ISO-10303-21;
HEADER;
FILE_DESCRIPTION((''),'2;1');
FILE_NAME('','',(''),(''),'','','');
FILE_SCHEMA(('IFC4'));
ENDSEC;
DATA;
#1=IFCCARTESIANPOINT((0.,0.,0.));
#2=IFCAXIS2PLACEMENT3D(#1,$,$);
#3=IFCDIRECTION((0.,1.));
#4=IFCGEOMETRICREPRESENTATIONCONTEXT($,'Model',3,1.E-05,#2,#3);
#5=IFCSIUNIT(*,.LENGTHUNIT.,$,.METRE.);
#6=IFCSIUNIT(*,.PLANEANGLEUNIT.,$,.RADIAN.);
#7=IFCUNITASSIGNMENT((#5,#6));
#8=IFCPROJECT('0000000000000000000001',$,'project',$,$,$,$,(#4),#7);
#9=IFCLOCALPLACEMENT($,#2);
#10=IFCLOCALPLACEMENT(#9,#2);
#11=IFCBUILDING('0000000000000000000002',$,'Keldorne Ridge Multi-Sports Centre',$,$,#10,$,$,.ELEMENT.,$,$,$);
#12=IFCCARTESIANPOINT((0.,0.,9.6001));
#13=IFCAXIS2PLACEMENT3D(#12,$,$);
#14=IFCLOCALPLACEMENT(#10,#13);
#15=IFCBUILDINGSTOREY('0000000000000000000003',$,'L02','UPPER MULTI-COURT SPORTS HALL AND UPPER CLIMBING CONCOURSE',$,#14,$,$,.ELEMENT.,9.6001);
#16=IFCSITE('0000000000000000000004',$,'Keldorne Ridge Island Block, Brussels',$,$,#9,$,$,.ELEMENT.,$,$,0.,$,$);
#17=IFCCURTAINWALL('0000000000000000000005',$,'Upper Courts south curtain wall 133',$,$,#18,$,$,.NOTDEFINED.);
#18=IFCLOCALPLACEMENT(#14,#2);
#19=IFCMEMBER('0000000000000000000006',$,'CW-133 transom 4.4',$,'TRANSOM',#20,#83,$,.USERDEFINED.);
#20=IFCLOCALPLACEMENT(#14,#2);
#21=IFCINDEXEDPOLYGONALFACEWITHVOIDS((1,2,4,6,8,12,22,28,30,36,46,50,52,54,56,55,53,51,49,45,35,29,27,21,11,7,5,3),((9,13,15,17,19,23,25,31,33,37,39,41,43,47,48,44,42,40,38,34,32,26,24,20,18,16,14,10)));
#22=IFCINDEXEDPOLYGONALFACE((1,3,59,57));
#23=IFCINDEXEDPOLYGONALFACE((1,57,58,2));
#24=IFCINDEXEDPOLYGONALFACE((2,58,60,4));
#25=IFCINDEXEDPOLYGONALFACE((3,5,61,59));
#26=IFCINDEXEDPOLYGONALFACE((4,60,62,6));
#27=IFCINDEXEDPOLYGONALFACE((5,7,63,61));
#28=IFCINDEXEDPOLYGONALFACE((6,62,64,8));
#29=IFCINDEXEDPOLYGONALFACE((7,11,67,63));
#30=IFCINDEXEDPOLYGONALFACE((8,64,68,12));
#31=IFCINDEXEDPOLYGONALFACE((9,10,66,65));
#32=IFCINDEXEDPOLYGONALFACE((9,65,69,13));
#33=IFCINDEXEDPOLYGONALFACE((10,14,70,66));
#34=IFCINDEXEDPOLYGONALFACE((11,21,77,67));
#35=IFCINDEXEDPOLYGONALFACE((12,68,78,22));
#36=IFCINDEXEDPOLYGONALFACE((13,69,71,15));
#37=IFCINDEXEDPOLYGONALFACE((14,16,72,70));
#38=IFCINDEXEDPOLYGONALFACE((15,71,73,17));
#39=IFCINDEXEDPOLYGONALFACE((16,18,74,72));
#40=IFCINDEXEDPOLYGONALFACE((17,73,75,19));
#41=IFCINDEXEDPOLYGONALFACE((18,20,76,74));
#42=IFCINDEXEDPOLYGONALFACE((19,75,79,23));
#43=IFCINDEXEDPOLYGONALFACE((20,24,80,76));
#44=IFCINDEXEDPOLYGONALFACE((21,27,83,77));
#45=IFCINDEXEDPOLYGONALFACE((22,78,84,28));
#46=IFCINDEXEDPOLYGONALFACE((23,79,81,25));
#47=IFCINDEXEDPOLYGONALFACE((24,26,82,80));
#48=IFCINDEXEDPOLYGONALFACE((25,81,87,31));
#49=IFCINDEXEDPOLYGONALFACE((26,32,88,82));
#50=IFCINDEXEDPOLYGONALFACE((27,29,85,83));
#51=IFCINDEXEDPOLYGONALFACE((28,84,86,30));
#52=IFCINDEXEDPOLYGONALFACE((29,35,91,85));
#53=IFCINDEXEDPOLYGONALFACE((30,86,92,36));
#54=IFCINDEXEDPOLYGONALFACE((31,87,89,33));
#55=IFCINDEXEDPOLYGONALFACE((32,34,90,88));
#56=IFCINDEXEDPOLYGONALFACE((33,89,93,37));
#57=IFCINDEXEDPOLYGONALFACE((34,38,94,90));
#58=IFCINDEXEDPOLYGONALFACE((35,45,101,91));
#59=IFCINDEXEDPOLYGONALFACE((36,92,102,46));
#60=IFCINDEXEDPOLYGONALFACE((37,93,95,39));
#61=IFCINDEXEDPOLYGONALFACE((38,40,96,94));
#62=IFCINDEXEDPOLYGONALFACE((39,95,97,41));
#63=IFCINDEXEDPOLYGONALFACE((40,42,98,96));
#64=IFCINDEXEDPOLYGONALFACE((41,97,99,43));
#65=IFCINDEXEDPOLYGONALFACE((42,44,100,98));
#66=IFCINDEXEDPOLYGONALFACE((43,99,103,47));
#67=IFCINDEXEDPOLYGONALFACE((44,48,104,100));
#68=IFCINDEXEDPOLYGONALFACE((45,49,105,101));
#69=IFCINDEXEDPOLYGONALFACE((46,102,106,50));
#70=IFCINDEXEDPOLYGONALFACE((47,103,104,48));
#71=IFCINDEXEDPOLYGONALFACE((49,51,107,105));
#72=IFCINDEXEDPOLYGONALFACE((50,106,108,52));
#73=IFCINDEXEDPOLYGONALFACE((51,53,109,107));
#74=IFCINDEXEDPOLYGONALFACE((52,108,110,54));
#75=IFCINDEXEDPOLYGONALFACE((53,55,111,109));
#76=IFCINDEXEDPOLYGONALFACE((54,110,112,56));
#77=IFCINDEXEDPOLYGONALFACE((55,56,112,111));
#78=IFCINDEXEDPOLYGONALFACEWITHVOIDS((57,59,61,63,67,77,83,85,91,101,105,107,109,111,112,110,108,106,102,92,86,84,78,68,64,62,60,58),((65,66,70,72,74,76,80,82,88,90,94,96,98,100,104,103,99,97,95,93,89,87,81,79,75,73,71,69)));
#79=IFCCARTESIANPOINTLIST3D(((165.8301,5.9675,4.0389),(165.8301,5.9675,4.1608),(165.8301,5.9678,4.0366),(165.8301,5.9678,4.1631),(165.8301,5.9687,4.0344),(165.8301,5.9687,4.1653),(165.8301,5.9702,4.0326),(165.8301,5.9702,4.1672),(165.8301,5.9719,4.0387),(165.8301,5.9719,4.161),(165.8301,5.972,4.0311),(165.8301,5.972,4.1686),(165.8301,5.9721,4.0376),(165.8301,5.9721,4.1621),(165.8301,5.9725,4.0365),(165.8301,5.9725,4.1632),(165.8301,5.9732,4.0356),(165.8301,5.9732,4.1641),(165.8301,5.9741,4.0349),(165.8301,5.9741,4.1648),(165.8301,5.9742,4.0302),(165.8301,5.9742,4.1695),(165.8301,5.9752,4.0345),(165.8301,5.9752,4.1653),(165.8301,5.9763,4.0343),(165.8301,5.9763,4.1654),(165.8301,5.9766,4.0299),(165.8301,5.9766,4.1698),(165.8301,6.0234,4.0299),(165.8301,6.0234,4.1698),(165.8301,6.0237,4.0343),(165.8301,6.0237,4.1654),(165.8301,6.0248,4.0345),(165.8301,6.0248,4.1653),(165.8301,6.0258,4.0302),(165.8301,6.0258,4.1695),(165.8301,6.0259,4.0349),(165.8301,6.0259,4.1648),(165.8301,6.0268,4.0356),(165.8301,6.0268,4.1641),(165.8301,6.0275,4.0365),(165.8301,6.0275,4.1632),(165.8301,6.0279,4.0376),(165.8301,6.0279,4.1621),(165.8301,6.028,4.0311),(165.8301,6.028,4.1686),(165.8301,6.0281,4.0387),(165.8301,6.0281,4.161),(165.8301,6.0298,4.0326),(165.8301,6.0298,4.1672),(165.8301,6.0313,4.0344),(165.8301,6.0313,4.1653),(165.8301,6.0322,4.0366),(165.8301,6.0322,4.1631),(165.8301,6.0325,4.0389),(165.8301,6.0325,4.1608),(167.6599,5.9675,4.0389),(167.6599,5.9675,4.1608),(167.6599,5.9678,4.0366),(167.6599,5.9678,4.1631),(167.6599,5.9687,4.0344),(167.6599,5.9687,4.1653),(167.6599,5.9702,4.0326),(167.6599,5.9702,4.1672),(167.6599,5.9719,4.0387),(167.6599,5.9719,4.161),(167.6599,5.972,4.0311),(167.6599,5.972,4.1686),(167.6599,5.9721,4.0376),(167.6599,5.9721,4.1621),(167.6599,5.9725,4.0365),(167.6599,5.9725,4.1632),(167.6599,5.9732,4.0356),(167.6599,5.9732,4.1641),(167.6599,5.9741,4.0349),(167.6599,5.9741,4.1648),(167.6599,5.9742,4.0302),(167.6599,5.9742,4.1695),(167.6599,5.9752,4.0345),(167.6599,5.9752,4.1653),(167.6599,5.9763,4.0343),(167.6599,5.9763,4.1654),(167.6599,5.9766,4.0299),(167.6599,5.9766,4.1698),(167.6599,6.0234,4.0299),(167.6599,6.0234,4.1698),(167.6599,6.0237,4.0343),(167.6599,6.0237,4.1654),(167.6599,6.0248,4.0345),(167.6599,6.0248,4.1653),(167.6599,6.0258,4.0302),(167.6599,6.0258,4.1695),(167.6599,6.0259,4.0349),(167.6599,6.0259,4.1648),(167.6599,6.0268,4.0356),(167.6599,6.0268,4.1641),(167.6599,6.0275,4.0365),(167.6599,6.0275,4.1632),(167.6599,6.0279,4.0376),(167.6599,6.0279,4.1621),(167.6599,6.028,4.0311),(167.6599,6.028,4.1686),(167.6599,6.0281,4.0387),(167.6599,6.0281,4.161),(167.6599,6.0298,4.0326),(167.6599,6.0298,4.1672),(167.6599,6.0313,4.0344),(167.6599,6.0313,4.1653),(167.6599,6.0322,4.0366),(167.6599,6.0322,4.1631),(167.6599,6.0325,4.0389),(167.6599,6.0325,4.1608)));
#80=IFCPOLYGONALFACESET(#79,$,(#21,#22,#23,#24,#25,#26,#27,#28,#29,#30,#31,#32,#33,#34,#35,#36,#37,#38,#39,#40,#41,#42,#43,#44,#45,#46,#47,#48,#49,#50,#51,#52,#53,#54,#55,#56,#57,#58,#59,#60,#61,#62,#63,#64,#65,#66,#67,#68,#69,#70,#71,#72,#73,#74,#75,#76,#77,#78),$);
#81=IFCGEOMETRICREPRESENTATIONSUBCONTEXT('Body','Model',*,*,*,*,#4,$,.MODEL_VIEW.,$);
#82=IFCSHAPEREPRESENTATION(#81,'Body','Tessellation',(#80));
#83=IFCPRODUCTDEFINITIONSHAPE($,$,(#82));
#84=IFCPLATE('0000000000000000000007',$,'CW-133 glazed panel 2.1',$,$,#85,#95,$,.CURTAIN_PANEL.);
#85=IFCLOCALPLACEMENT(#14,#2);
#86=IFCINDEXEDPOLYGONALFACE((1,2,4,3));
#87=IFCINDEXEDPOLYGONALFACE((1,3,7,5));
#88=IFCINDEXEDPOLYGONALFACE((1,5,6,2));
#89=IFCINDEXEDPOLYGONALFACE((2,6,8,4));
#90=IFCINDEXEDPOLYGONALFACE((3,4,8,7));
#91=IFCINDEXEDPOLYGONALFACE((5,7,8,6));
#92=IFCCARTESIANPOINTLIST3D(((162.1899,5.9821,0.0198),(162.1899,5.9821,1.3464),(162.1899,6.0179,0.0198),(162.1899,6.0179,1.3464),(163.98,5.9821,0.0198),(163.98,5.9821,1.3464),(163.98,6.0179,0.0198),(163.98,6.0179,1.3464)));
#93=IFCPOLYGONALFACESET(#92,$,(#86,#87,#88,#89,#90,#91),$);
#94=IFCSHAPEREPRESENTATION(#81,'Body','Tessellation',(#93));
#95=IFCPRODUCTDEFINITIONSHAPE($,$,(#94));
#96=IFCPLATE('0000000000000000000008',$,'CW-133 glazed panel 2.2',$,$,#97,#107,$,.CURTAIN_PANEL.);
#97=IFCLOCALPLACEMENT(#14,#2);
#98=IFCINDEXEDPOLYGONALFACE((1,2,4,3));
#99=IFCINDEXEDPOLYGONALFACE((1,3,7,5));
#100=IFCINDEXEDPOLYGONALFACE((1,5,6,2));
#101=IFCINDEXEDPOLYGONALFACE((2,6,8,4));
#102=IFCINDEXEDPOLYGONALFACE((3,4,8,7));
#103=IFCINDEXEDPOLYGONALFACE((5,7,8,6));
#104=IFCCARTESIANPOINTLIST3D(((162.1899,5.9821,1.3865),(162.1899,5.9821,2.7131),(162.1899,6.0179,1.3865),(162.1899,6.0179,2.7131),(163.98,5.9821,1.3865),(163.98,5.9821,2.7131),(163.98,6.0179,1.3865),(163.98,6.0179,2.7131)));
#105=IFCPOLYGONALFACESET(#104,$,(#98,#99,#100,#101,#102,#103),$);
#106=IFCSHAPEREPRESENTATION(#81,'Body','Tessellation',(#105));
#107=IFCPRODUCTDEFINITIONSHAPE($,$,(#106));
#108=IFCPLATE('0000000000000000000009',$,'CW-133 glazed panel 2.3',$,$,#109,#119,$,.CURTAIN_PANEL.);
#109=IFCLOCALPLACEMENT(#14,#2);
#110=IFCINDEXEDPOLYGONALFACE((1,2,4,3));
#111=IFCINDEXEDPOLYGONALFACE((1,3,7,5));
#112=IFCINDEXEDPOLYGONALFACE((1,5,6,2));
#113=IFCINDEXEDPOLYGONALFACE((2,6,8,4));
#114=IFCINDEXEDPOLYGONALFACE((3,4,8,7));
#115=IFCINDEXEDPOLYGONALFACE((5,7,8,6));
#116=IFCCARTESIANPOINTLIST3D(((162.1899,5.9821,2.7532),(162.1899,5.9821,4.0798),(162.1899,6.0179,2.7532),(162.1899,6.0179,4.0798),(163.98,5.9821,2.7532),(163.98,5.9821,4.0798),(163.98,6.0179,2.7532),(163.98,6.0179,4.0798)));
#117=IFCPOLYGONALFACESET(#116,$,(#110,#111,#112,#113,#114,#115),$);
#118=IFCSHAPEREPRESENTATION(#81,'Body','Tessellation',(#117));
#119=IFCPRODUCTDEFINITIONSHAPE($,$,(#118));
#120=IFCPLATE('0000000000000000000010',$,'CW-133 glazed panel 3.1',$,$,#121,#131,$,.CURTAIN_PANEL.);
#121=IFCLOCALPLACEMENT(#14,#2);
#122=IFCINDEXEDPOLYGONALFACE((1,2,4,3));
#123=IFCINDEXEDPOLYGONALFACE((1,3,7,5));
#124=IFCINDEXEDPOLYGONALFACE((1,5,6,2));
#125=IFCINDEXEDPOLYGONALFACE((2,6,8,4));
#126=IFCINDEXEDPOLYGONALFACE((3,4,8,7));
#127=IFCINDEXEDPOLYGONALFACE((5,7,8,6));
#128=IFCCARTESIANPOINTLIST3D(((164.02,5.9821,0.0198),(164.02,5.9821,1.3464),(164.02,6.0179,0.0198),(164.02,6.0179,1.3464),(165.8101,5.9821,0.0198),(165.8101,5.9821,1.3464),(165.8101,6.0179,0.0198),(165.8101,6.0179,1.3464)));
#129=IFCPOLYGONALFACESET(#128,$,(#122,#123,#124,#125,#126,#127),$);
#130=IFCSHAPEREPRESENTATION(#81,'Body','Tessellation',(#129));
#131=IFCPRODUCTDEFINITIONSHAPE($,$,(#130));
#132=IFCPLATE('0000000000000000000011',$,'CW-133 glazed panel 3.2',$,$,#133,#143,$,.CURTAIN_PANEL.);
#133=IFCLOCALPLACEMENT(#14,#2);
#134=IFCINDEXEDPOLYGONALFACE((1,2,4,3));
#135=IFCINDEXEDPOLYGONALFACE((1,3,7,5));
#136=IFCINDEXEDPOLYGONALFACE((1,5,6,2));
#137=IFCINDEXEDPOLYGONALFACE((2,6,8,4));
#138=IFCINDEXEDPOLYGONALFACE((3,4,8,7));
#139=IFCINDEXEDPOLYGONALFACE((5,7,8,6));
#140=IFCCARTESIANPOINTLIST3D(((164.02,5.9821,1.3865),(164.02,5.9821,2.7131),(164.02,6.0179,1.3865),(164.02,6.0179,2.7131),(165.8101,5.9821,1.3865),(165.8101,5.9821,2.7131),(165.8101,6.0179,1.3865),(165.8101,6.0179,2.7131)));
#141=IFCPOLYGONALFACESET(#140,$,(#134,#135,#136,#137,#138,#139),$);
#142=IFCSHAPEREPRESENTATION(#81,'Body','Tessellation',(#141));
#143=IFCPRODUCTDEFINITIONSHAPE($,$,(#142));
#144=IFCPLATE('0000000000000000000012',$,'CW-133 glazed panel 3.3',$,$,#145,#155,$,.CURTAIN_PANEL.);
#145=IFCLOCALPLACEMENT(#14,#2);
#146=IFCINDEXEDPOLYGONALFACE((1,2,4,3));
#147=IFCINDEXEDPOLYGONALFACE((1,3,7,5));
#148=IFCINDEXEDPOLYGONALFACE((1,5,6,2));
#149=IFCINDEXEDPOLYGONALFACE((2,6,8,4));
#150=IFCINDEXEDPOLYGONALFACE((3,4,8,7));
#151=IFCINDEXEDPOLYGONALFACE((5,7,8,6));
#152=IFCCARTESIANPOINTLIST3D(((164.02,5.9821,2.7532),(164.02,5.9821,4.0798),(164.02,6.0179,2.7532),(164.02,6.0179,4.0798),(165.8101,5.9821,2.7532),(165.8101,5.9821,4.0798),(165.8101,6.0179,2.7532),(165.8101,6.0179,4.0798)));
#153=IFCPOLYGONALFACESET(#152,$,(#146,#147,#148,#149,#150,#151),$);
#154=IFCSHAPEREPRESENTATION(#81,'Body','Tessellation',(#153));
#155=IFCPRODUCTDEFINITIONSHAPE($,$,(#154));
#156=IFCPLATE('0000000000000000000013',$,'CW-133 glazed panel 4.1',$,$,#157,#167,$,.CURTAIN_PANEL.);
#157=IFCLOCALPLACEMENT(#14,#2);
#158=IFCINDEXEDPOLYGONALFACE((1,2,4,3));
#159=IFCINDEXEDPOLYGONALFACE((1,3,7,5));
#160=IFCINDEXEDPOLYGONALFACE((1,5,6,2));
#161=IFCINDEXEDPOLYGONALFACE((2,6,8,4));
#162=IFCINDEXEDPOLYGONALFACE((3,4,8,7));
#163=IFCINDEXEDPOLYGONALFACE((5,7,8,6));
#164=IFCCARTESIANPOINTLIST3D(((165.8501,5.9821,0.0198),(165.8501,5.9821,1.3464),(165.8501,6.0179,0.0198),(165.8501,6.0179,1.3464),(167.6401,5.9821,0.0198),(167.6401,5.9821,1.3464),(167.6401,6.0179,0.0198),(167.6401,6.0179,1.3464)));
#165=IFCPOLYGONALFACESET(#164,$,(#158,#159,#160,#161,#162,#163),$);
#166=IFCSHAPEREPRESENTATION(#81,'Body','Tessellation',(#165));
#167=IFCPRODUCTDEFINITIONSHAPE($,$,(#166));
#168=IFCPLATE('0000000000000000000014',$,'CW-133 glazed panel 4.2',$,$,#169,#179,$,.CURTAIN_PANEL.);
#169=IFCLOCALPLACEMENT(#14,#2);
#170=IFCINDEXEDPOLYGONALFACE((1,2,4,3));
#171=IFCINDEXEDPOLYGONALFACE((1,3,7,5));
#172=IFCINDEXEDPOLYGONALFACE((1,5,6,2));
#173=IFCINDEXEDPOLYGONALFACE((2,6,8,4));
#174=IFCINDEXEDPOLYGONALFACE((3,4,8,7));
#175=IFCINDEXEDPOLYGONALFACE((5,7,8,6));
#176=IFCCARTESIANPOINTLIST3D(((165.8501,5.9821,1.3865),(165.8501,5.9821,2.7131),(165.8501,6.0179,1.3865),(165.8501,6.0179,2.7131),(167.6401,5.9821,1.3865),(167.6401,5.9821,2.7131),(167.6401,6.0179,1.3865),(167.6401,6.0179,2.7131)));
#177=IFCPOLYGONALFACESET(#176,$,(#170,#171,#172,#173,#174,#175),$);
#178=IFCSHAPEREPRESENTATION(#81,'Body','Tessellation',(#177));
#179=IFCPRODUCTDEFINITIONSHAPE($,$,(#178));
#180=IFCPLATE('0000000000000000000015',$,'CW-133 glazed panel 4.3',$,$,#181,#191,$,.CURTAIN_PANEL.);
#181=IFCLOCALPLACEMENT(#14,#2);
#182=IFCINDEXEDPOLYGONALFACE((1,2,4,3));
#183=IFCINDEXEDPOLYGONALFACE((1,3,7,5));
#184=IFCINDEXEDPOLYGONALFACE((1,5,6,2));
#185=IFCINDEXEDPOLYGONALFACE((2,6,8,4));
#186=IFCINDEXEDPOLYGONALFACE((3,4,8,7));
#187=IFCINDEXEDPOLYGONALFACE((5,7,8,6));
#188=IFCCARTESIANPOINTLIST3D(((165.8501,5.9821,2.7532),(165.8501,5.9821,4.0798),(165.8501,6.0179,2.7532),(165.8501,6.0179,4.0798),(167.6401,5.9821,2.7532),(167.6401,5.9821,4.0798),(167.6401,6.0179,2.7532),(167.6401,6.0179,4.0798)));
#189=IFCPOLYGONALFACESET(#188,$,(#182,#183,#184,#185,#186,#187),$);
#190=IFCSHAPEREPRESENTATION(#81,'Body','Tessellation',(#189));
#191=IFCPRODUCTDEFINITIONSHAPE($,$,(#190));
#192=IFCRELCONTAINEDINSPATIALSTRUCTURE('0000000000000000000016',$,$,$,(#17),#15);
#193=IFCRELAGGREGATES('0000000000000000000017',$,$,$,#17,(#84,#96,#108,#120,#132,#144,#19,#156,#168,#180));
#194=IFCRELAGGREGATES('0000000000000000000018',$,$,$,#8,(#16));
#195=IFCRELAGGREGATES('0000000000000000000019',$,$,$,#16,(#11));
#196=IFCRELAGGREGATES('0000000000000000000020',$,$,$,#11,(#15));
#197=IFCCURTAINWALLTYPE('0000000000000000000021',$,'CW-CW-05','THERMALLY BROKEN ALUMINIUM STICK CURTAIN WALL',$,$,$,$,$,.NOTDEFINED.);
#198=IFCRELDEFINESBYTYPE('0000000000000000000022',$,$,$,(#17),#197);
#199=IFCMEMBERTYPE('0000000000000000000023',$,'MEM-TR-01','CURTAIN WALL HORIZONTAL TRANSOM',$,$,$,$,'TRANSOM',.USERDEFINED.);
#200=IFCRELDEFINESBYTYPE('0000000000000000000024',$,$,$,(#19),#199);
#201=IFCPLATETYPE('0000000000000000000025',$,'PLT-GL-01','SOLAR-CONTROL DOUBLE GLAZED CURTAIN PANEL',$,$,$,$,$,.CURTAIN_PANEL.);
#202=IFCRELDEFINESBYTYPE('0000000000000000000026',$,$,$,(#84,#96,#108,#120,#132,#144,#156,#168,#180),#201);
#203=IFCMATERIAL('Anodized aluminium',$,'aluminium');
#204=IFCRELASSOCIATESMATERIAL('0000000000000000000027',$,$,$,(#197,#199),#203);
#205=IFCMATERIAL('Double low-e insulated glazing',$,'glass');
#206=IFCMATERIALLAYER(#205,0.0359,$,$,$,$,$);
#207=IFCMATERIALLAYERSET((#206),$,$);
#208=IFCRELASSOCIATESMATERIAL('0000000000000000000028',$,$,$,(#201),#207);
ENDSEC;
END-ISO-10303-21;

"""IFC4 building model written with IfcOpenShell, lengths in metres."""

from ifc_helpers import new_model, si_unit, direction, frame, origin, origin_2d, place, context, subcontext, project, spatial, rectangle, hollow_rectangle, extrude, material, layer, layer_set, material_profile, profile_set, type_object, element, aggregate, save


model = new_model("IFC4")

# Units and contexts
model_context = context("Model", 3, precision=1e-05, world=origin(), true_north=direction((0.0, 1.0)))
body_context = subcontext(model_context, "Body", "Model", "MODEL_VIEW")
ifc_project = project(units=[si_unit("LENGTHUNIT", "METRE"), si_unit("PLANEANGLEUNIT", "RADIAN")], contexts=[model_context])

# Site, building, storey
site_placement = place(None, origin())
site = spatial("IfcSite", under=ifc_project, at=site_placement, Name="Keldorne Ridge Island Block, Brussels", CompositionType="ELEMENT", RefElevation=0.0)
building_placement = place(site_placement, origin())
building = spatial("IfcBuilding", under=site, at=building_placement, Name="Keldorne Ridge Multi-Sports Centre", CompositionType="ELEMENT")
storey_placement = place(building_placement, frame((0.0, 0.0, 9.6001)))
storey = spatial("IfcBuildingStorey", under=building, at=storey_placement, Name="L02", Description="UPPER MULTI-COURT SPORTS HALL AND UPPER CLIMBING CONCOURSE", CompositionType="ELEMENT", Elevation=9.6001)

# Curtain wall, member, plates
ifc_material_1 = material(Name="Anodized aluminium", Category="aluminium")
curtain_wall_type = type_object("IfcCurtainWallType", Name="CW-CW-05", Description="THERMALLY BROKEN ALUMINIUM STICK CURTAIN WALL", PredefinedType="NOTDEFINED", material=ifc_material_1)
curtain_wall_placement = place(storey_placement, origin())
curtain_wall = element("IfcCurtainWall", 1, at=curtain_wall_placement, inside=storey, type_object=curtain_wall_type, Name="Upper Courts south curtain wall 133", PredefinedType="NOTDEFINED")
ifc_material_profile_1 = material_profile(ifc_material_1, hollow_rectangle(XDim=0.0649, YDim=0.1399, WallThickness=0.0044, InnerFilletRadius=0.0044, OuterFilletRadius=0.009, at=origin_2d()), Name="ALU TRANSOM 140x65x4.5")
ifc_profile_set_1 = profile_set([ifc_material_profile_1], Name="Anodized aluminium")
member_type_1 = type_object("IfcMemberType", Name="MEM-TR-01", Description="CURTAIN WALL HORIZONTAL TRANSOM", ElementType="TRANSOM", PredefinedType="USERDEFINED", material=ifc_profile_set_1)
member_1_placement = place(storey_placement, frame((165.8301, 6.0, 4.0999), z_axis=(1.0, 0.0, 0.0), x_axis=(0.0, 1.0, 0.0)))
member_1 = element("IfcMember", 2, at=member_1_placement, type_object=member_type_1, Name="CW-133 transom 4.4", ObjectType="TRANSOM", PredefinedType="USERDEFINED", context=body_context, shape_type="SweptSolid", body=[
    extrude(hollow_rectangle(XDim=0.0649, YDim=0.1399, WallThickness=0.0044, InnerFilletRadius=0.0044, OuterFilletRadius=0.009, at=origin_2d()), origin(), (0.0, 0.0, 1.0), 1.8298),
])
ifc_material_2 = material(Name="Double low-e insulated glazing", Category="glass")
ifc_layer = layer(ifc_material_2, 0.0359)
ifc_layer_set = layer_set([ifc_layer])
plate_type = type_object("IfcPlateType", Name="PLT-GL-01", Description="SOLAR-CONTROL DOUBLE GLAZED CURTAIN PANEL", PredefinedType="CURTAIN_PANEL", material=ifc_layer_set)
plate_1_placement = place(storey_placement, frame((163.085, 6.0, 0.0198), z_axis=(0.0, 0.0, 1.0), x_axis=(1.0, 0.0, 0.0)))
plate_1 = element("IfcPlate", 3, at=plate_1_placement, type_object=plate_type, Name="CW-133 glazed panel 2.1", PredefinedType="CURTAIN_PANEL", context=body_context, shape_type="SweptSolid", body=[
    extrude(rectangle(XDim=1.79, YDim=0.0359, at=origin_2d()), origin(), (0.0, 0.0, 1.0), 1.3267),
])
plate_2_placement = place(storey_placement, frame((163.085, 6.0, 1.3865), z_axis=(0.0, 0.0, 1.0), x_axis=(1.0, 0.0, 0.0)))
plate_2 = element("IfcPlate", 4, at=plate_2_placement, type_object=plate_type, Name="CW-133 glazed panel 2.2", PredefinedType="CURTAIN_PANEL", context=body_context, shape_type="SweptSolid", body=[
    extrude(rectangle(XDim=1.79, YDim=0.0359, at=origin_2d()), origin(), (0.0, 0.0, 1.0), 1.3267),
])
plate_3_placement = place(storey_placement, frame((163.085, 6.0, 2.7532), z_axis=(0.0, 0.0, 1.0), x_axis=(1.0, 0.0, 0.0)))
plate_3 = element("IfcPlate", 5, at=plate_3_placement, type_object=plate_type, Name="CW-133 glazed panel 2.3", PredefinedType="CURTAIN_PANEL", context=body_context, shape_type="SweptSolid", body=[
    extrude(rectangle(XDim=1.79, YDim=0.0359, at=origin_2d()), origin(), (0.0, 0.0, 1.0), 1.3267),
])
plate_4_placement = place(storey_placement, frame((164.915, 6.0, 0.0198), z_axis=(0.0, 0.0, 1.0), x_axis=(1.0, 0.0, 0.0)))
plate_4 = element("IfcPlate", 6, at=plate_4_placement, type_object=plate_type, Name="CW-133 glazed panel 3.1", PredefinedType="CURTAIN_PANEL", context=body_context, shape_type="SweptSolid", body=[
    extrude(rectangle(XDim=1.79, YDim=0.0359, at=origin_2d()), origin(), (0.0, 0.0, 1.0), 1.3267),
])
plate_5_placement = place(storey_placement, frame((164.915, 6.0, 1.3865), z_axis=(0.0, 0.0, 1.0), x_axis=(1.0, 0.0, 0.0)))
plate_5 = element("IfcPlate", 7, at=plate_5_placement, type_object=plate_type, Name="CW-133 glazed panel 3.2", PredefinedType="CURTAIN_PANEL", context=body_context, shape_type="SweptSolid", body=[
    extrude(rectangle(XDim=1.79, YDim=0.0359, at=origin_2d()), origin(), (0.0, 0.0, 1.0), 1.3267),
])
plate_6_placement = place(storey_placement, frame((164.915, 6.0, 2.7532), z_axis=(0.0, 0.0, 1.0), x_axis=(1.0, 0.0, 0.0)))
plate_6 = element("IfcPlate", 8, at=plate_6_placement, type_object=plate_type, Name="CW-133 glazed panel 3.3", PredefinedType="CURTAIN_PANEL", context=body_context, shape_type="SweptSolid", body=[
    extrude(rectangle(XDim=1.79, YDim=0.0359, at=origin_2d()), origin(), (0.0, 0.0, 1.0), 1.3267),
])
plate_7_placement = place(storey_placement, frame((166.7451, 6.0, 0.0198), z_axis=(0.0, 0.0, 1.0), x_axis=(1.0, 0.0, 0.0)))
plate_7 = element("IfcPlate", 9, at=plate_7_placement, type_object=plate_type, Name="CW-133 glazed panel 4.1", PredefinedType="CURTAIN_PANEL", context=body_context, shape_type="SweptSolid", body=[
    extrude(rectangle(XDim=1.79, YDim=0.0359, at=origin_2d()), origin(), (0.0, 0.0, 1.0), 1.3267),
])
plate_8_placement = place(storey_placement, frame((166.7451, 6.0, 1.3865), z_axis=(0.0, 0.0, 1.0), x_axis=(1.0, 0.0, 0.0)))
plate_8 = element("IfcPlate", 10, at=plate_8_placement, type_object=plate_type, Name="CW-133 glazed panel 4.2", PredefinedType="CURTAIN_PANEL", context=body_context, shape_type="SweptSolid", body=[
    extrude(rectangle(XDim=1.79, YDim=0.0359, at=origin_2d()), origin(), (0.0, 0.0, 1.0), 1.3267),
])
plate_9_placement = place(storey_placement, frame((166.7451, 6.0, 2.7532), z_axis=(0.0, 0.0, 1.0), x_axis=(1.0, 0.0, 0.0)))
plate_9 = element("IfcPlate", 11, at=plate_9_placement, type_object=plate_type, Name="CW-133 glazed panel 4.3", PredefinedType="CURTAIN_PANEL", context=body_context, shape_type="SweptSolid", body=[
    extrude(rectangle(XDim=1.79, YDim=0.0359, at=origin_2d()), origin(), (0.0, 0.0, 1.0), 1.3267),
])
aggregate(curtain_wall, [plate_1, plate_2, plate_3, plate_4, plate_5, plate_6, member_1, plate_7, plate_8, plate_9])

save(model, "model.ifc")
